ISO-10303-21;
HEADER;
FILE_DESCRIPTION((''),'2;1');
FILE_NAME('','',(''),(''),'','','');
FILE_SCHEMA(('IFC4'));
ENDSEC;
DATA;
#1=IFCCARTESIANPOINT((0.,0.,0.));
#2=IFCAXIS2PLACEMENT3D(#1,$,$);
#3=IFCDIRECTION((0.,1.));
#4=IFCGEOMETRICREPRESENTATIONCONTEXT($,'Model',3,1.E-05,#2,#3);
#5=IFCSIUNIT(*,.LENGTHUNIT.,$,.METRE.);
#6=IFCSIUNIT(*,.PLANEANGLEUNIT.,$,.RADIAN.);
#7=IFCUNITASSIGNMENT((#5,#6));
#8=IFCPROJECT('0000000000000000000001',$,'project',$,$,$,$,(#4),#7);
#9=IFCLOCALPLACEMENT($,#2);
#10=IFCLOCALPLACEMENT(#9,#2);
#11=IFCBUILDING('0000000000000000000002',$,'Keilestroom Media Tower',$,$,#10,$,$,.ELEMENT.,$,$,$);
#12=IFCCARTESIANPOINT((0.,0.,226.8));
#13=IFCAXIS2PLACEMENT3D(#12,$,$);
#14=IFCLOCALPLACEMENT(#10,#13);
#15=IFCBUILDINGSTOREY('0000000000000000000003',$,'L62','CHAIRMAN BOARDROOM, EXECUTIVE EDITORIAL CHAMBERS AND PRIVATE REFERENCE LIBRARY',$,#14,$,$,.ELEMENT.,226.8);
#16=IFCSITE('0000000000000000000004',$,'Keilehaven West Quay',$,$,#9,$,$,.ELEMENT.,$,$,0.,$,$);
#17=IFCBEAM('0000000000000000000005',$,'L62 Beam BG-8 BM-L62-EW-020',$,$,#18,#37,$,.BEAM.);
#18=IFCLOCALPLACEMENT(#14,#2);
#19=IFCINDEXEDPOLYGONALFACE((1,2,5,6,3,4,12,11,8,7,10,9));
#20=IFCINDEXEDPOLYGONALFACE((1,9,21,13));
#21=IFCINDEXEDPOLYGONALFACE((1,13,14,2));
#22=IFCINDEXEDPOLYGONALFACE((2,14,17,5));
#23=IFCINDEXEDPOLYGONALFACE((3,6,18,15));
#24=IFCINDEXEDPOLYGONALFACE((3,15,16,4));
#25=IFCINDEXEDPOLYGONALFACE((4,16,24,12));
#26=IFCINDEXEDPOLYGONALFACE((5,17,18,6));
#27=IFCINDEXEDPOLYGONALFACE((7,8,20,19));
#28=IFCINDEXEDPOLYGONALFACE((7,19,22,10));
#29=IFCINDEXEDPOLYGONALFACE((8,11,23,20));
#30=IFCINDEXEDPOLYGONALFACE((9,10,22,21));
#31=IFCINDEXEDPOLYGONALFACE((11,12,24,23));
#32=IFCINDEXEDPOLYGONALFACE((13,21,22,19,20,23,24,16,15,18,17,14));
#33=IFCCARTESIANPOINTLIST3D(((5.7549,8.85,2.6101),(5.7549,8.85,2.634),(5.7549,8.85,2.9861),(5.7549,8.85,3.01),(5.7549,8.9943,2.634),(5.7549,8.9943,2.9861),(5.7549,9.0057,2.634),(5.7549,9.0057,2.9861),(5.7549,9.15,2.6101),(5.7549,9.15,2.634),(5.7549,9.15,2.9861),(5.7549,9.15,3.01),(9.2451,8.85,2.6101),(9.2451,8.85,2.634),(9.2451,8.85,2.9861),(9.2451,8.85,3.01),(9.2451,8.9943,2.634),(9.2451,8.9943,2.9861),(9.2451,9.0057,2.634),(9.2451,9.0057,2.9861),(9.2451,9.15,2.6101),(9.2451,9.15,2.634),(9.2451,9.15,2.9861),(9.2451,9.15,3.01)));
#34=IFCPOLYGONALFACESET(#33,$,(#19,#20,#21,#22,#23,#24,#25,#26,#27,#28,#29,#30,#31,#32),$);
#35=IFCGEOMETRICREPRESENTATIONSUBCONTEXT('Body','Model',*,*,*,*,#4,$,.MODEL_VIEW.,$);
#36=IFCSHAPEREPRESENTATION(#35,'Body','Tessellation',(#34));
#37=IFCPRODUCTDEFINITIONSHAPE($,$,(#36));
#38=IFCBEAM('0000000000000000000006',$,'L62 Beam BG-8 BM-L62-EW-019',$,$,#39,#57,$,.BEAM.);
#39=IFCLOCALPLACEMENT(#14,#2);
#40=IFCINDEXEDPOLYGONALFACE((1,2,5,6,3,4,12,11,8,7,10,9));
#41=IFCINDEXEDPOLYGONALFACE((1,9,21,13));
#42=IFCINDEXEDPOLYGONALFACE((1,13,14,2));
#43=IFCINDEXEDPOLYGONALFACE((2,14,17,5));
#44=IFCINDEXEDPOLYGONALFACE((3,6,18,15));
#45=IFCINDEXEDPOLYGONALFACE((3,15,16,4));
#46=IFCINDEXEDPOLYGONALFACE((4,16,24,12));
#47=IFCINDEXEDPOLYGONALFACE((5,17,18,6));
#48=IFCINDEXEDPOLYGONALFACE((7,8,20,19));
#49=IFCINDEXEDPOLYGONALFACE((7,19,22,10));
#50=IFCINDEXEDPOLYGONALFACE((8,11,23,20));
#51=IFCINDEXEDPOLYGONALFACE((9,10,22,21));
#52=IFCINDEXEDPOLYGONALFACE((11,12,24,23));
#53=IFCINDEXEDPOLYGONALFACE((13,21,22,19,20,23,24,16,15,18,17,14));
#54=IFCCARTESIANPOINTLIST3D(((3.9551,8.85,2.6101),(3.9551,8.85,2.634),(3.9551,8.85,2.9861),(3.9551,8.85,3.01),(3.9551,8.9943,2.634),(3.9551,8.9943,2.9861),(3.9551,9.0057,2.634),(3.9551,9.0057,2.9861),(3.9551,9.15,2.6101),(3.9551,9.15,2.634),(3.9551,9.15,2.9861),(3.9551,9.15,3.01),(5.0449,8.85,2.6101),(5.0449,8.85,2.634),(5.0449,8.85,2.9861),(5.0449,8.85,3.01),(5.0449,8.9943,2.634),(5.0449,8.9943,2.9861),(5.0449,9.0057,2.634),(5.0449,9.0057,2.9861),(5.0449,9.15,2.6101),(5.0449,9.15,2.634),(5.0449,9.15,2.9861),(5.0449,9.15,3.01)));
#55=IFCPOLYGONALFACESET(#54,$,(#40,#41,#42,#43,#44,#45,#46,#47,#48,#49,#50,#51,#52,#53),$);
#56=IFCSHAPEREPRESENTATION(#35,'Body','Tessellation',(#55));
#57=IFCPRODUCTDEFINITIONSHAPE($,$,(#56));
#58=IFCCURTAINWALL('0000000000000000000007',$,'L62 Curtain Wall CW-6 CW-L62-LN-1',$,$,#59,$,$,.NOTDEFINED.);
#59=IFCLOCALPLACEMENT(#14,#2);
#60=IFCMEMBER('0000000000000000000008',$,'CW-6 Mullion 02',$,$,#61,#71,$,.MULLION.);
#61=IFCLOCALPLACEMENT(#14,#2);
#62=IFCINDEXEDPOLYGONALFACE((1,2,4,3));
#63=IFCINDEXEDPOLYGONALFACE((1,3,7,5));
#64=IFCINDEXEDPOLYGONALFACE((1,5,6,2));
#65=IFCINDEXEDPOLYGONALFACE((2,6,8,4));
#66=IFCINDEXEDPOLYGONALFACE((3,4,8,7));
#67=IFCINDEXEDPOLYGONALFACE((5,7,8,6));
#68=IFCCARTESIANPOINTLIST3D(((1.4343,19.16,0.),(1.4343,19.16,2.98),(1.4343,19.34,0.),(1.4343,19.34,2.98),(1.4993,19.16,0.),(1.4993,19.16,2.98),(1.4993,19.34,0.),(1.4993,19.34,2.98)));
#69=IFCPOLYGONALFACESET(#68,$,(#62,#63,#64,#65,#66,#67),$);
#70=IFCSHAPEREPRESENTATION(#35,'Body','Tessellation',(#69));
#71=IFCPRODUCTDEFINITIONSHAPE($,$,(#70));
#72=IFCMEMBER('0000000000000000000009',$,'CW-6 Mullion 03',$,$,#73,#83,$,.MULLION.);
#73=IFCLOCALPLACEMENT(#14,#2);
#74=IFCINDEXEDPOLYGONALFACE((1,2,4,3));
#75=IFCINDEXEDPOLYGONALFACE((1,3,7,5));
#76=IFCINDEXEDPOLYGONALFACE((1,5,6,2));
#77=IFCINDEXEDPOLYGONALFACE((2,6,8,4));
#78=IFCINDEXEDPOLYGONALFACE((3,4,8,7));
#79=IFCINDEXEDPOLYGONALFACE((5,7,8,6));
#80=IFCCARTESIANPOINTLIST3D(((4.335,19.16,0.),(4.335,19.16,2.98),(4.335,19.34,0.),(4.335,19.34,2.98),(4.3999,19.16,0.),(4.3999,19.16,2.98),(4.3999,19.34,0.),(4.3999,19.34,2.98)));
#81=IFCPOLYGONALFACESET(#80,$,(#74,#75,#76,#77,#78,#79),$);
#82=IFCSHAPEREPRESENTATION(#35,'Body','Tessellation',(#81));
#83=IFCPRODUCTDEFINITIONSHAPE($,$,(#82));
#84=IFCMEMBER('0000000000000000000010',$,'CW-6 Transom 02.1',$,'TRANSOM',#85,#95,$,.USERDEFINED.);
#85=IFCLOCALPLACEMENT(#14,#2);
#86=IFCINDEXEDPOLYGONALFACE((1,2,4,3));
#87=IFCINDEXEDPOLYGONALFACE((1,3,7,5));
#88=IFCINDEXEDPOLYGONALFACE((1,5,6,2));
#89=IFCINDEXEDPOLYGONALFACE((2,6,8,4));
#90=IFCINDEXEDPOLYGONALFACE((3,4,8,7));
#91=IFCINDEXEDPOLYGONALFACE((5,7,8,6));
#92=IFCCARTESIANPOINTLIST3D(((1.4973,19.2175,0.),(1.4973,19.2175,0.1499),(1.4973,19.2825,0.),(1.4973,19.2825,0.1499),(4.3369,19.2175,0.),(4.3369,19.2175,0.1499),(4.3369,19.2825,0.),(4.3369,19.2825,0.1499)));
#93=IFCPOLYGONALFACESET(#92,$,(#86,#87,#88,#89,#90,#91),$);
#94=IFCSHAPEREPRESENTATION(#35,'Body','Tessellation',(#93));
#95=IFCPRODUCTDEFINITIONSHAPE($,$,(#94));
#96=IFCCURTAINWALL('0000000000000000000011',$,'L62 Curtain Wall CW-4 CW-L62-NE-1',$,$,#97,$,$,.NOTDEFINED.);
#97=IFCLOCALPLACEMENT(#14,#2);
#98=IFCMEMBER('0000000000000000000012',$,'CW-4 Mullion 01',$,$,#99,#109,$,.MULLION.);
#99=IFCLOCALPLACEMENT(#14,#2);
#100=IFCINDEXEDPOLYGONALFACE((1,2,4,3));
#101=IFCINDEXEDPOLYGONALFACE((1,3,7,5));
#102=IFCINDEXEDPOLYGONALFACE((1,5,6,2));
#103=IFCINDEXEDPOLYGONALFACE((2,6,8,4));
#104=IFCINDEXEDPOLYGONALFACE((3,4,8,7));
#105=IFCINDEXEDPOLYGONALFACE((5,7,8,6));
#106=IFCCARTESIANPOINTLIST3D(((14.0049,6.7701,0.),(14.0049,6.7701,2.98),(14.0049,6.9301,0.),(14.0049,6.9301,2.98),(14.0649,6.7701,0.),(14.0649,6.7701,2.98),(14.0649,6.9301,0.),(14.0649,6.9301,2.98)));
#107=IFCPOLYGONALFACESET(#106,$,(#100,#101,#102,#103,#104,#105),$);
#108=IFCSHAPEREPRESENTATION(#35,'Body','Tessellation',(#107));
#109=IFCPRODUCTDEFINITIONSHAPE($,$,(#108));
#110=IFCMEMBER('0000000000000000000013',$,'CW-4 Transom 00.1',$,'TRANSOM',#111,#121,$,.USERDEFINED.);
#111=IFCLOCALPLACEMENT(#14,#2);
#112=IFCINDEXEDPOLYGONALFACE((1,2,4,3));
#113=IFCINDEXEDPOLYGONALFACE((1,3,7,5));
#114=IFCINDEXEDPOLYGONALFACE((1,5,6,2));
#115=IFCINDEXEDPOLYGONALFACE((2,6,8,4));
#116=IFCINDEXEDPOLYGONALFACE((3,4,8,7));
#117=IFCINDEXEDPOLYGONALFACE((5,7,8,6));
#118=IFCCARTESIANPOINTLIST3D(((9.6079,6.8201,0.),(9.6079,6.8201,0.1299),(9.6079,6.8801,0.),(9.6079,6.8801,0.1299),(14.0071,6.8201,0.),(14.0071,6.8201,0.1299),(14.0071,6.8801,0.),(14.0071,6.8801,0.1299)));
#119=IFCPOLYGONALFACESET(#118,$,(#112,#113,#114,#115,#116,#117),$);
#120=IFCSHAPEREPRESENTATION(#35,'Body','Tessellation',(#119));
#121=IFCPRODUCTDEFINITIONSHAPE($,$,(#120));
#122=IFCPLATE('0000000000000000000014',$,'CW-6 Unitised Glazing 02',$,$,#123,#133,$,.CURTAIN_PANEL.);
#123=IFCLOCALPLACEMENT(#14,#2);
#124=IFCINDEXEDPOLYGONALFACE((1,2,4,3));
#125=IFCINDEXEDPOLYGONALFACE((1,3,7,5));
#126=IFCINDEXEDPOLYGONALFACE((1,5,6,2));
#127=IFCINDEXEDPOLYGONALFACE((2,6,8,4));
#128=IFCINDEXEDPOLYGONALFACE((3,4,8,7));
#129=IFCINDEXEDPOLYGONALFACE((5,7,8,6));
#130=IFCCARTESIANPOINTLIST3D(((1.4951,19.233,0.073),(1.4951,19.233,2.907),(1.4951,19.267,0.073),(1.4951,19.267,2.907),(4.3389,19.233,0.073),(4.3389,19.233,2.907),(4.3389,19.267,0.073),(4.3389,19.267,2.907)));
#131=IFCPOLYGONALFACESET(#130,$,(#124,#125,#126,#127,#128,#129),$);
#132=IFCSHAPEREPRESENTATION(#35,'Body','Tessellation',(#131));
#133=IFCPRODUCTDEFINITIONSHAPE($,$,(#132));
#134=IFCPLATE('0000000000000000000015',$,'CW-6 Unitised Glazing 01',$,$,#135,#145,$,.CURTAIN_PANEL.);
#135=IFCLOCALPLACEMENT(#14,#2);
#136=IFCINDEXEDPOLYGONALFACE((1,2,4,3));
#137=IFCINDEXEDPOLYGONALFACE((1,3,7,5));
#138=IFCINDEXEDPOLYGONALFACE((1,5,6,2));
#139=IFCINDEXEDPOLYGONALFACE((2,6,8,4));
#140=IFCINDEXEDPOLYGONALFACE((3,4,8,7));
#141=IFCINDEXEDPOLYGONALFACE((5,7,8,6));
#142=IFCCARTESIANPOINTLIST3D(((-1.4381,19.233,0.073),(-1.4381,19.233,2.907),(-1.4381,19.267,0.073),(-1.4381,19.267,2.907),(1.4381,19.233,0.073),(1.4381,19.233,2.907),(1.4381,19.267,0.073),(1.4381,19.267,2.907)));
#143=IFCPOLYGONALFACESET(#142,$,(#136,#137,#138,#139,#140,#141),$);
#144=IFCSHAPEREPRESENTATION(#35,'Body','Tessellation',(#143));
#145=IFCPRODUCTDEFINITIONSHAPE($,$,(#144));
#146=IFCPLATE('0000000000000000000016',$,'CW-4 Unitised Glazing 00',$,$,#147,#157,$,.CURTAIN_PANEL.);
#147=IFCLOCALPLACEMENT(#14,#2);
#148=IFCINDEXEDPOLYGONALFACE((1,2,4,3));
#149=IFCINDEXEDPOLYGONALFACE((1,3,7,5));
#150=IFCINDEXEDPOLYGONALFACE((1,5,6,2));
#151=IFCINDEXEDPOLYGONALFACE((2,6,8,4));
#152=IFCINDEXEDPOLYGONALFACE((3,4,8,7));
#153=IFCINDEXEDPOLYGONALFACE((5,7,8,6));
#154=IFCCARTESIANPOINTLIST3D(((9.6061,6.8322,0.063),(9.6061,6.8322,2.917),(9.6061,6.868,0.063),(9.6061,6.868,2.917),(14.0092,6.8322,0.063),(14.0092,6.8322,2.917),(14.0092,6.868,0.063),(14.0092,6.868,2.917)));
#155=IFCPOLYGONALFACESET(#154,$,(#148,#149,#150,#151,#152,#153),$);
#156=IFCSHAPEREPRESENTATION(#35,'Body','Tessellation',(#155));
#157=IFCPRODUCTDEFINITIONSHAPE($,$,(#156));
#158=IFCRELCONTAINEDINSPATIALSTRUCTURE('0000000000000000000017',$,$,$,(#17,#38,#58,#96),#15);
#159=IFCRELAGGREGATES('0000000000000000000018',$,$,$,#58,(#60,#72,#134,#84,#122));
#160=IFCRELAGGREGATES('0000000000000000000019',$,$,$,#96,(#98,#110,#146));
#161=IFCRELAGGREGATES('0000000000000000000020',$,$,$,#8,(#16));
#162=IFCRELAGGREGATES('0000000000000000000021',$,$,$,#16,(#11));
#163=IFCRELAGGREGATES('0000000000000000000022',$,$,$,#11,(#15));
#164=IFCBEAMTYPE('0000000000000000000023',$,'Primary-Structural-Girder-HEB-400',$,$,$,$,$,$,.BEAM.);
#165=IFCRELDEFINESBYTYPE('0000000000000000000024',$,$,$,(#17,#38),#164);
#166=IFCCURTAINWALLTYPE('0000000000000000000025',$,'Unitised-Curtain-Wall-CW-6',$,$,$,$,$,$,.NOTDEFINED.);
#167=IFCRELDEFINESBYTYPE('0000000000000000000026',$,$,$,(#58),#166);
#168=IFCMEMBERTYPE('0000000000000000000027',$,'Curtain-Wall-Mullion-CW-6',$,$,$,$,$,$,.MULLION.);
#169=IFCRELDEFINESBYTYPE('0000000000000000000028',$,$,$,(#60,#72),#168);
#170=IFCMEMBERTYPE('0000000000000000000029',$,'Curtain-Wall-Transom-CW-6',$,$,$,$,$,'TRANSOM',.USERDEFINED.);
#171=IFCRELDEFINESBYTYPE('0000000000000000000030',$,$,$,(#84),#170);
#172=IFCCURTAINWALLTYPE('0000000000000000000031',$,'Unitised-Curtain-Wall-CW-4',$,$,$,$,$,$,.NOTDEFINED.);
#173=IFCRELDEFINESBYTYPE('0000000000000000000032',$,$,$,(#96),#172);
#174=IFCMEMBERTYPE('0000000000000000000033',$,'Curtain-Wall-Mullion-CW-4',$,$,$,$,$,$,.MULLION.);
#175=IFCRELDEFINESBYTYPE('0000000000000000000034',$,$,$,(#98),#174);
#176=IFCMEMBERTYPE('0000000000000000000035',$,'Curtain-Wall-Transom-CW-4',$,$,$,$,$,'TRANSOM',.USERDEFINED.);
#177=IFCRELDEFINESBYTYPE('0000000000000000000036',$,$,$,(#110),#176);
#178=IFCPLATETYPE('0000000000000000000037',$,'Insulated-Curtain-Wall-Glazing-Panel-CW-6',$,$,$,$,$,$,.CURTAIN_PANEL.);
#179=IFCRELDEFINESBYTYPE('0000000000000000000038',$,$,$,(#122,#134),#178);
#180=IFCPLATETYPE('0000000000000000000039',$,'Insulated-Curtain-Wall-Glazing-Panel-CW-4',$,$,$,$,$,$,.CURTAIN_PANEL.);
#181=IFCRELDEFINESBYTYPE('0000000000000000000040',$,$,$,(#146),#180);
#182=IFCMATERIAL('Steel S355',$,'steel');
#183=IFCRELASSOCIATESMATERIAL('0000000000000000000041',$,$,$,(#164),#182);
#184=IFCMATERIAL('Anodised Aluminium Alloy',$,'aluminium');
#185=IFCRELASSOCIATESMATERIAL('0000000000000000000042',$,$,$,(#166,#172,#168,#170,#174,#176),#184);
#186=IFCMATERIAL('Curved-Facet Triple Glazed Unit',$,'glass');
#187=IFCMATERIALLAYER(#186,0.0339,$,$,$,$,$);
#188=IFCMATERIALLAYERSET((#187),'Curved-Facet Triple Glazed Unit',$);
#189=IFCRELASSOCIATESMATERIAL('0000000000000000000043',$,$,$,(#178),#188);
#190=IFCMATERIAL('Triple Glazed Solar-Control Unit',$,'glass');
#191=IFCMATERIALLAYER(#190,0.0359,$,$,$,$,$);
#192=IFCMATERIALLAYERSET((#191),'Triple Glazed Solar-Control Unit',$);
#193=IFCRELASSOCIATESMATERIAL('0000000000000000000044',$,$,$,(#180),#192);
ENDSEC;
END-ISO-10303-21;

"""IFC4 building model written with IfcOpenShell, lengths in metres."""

from ifc_helpers import new_model, si_unit, direction, frame, origin, origin_2d, place, context, subcontext, project, spatial, rectangle, i_section, extrude, source, transform, mapped, material, layer, layer_set, material_profile, profile_set, type_object, element, aggregate, save


model = new_model("IFC4")

# Units and contexts
model_context = context("Model", 3, precision=1e-05, world=origin(), true_north=direction((0.0, 1.0)))
body_context = subcontext(model_context, "Body", "Model", "MODEL_VIEW")
ifc_project = project(units=[si_unit("LENGTHUNIT", "METRE"), si_unit("PLANEANGLEUNIT", "RADIAN")], contexts=[model_context])

# Site, building, storey
site_placement = place(None, origin())
site = spatial("IfcSite", under=ifc_project, at=site_placement, Name="Keilehaven West Quay", CompositionType="ELEMENT", RefElevation=0.0)
building_placement = place(site_placement, origin())
building = spatial("IfcBuilding", under=site, at=building_placement, Name="Keilestroom Media Tower", CompositionType="ELEMENT")
storey_placement = place(building_placement, frame((0.0, 0.0, 226.8)))
storey = spatial("IfcBuildingStorey", under=building, at=storey_placement, Name="L62", Description="CHAIRMAN BOARDROOM, EXECUTIVE EDITORIAL CHAMBERS AND PRIVATE REFERENCE LIBRARY", CompositionType="ELEMENT", Elevation=226.8)

# Shared definitions
ifc_material_1 = material(Name="Steel S355", Category="steel")

# Beams
ifc_material_profile_1 = material_profile(ifc_material_1, i_section(OverallWidth=0.3, OverallDepth=0.3999, WebThickness=0.0115, FlangeThickness=0.0239, at=origin_2d()), Name="HEB 400")
ifc_profile_set_1 = profile_set([ifc_material_profile_1], Name="Steel S355")
beam_type = type_object("IfcBeamType", Name="Primary-Structural-Girder-HEB-400", PredefinedType="BEAM", material=ifc_profile_set_1)
shared_shape_1 = source(origin(), body_context, "Body", "SweptSolid", [
    extrude(i_section(OverallWidth=0.3, OverallDepth=0.3999, WebThickness=0.0115, FlangeThickness=0.0239, at=origin_2d()), origin(), (0.0, 0.0, 1.0), 3.4902),
])
beam_1_placement = place(storey_placement, frame((5.7549, 9.0, 2.8101), z_axis=(1.0, 0.0, 0.0), x_axis=(0.0, 1.0, 0.0)))
element("IfcBeam", 1, at=beam_1_placement, inside=storey, type_object=beam_type, Name="L62 Beam BG-8 BM-L62-EW-020", PredefinedType="BEAM", context=body_context, shape_type="MappedRepresentation", body=[
    mapped(shared_shape_1, transform((0.0, 0.0, 0.0), x_axis=(1.0, 0.0, 0.0), y_axis=(0.0, 1.0, 0.0), z_axis=(0.0, 0.0, 1.0), scale=1.0)),
])
shared_shape_2 = source(origin(), body_context, "Body", "SweptSolid", [
    extrude(i_section(OverallWidth=0.3, OverallDepth=0.3999, WebThickness=0.0115, FlangeThickness=0.0239, at=origin_2d()), origin(), (0.0, 0.0, 1.0), 1.0898),
])
beam_2_placement = place(storey_placement, frame((3.9551, 9.0, 2.8101), z_axis=(1.0, 0.0, 0.0), x_axis=(0.0, 1.0, 0.0)))
element("IfcBeam", 2, at=beam_2_placement, inside=storey, type_object=beam_type, Name="L62 Beam BG-8 BM-L62-EW-019", PredefinedType="BEAM", context=body_context, shape_type="MappedRepresentation", body=[
    mapped(shared_shape_2, transform((0.0, 0.0, 0.0), x_axis=(1.0, 0.0, 0.0), y_axis=(0.0, 1.0, 0.0), z_axis=(0.0, 0.0, 1.0), scale=1.0)),
])

# Curtain walls, members
ifc_material_2 = material(Name="Anodised Aluminium Alloy", Category="aluminium")
curtain_wall_type_1 = type_object("IfcCurtainWallType", Name="Unitised-Curtain-Wall-CW-6", PredefinedType="NOTDEFINED", material=ifc_material_2)
curtain_wall_1_placement = place(storey_placement, origin())
curtain_wall_1 = element("IfcCurtainWall", 3, at=curtain_wall_1_placement, inside=storey, type_object=curtain_wall_type_1, Name="L62 Curtain Wall CW-6 CW-L62-LN-1", PredefinedType="NOTDEFINED")
ifc_material_profile_2 = material_profile(ifc_material_2, rectangle(XDim=0.0649, YDim=0.1799, at=origin_2d()), Name="ALU MULLION 65x180")
ifc_profile_set_2 = profile_set([ifc_material_profile_2], Name="Anodised Aluminium Alloy")
member_type_1 = type_object("IfcMemberType", Name="Curtain-Wall-Mullion-CW-6", PredefinedType="MULLION", material=ifc_profile_set_2)
shared_shape_3 = source(origin(), body_context, "Body", "SweptSolid", [
    extrude(rectangle(XDim=0.0649, YDim=0.1799, at=origin_2d()), origin(), (0.0, 0.0, 1.0), 2.98),
])
member_1_placement = place(storey_placement, frame((1.4668, 19.25, 0.0), z_axis=(0.0, 0.0, 1.0), x_axis=(1.0, 0.0, 0.0)))
member_1 = element("IfcMember", 4, at=member_1_placement, type_object=member_type_1, Name="CW-6 Mullion 02", PredefinedType="MULLION", context=body_context, shape_type="MappedRepresentation", body=[
    mapped(shared_shape_3, transform((0.0, 0.0, 0.0), x_axis=(1.0, 0.0, 0.0), y_axis=(0.0, 1.0, 0.0), z_axis=(0.0, 0.0, 1.0), scale=1.0)),
])
member_2_placement = place(storey_placement, frame((4.3674, 19.25, 0.0), z_axis=(0.0, 0.0, 1.0), x_axis=(1.0, 0.0, 0.0)))
member_2 = element("IfcMember", 5, at=member_2_placement, type_object=member_type_1, Name="CW-6 Mullion 03", PredefinedType="MULLION", context=body_context, shape_type="MappedRepresentation", body=[
    mapped(shared_shape_3, transform((0.0, 0.0, 0.0), x_axis=(1.0, 0.0, 0.0), y_axis=(0.0, 1.0, 0.0), z_axis=(0.0, 0.0, 1.0), scale=1.0)),
])
ifc_material_profile_3 = material_profile(ifc_material_2, rectangle(XDim=0.0649, YDim=0.1499, at=origin_2d()), Name="ALU TRANSOM 65x150")
ifc_profile_set_3 = profile_set([ifc_material_profile_3], Name="Anodised Aluminium Alloy")
member_type_2 = type_object("IfcMemberType", Name="Curtain-Wall-Transom-CW-6", ElementType="TRANSOM", PredefinedType="USERDEFINED", material=ifc_profile_set_3)
shared_shape_4 = source(origin(), body_context, "Body", "SweptSolid", [
    extrude(rectangle(XDim=0.0649, YDim=0.1499, at=origin_2d()), origin(), (0.0, 0.0, 1.0), 2.8396),
])
member_3_placement = place(storey_placement, frame((1.4973, 19.25, 0.075), z_axis=(1.0, 0.0, 0.0), x_axis=(0.0, 1.0, 0.0)))
member_3 = element("IfcMember", 6, at=member_3_placement, type_object=member_type_2, Name="CW-6 Transom 02.1", ObjectType="TRANSOM", PredefinedType="USERDEFINED", context=body_context, shape_type="MappedRepresentation", body=[
    mapped(shared_shape_4, transform((0.0, 0.0, 0.0), x_axis=(1.0, 0.0, 0.0), y_axis=(0.0, 1.0, 0.0), z_axis=(0.0, 0.0, 1.0), scale=1.0)),
])
curtain_wall_type_2 = type_object("IfcCurtainWallType", Name="Unitised-Curtain-Wall-CW-4", PredefinedType="NOTDEFINED", material=ifc_material_2)
curtain_wall_2_placement = place(storey_placement, origin())
curtain_wall_2 = element("IfcCurtainWall", 7, at=curtain_wall_2_placement, inside=storey, type_object=curtain_wall_type_2, Name="L62 Curtain Wall CW-4 CW-L62-NE-1", PredefinedType="NOTDEFINED")
ifc_material_profile_4 = material_profile(ifc_material_2, rectangle(XDim=0.0601, YDim=0.1599, at=origin_2d()), Name="ALU MULLION 60x160")
ifc_profile_set_4 = profile_set([ifc_material_profile_4], Name="Anodised Aluminium Alloy")
member_type_3 = type_object("IfcMemberType", Name="Curtain-Wall-Mullion-CW-4", PredefinedType="MULLION", material=ifc_profile_set_4)
shared_shape_5 = source(origin(), body_context, "Body", "SweptSolid", [
    extrude(rectangle(XDim=0.0601, YDim=0.1599, at=origin_2d()), origin(), (0.0, 0.0, 1.0), 2.98),
])
member_4_placement = place(storey_placement, frame((14.0349, 6.8501, 0.0), z_axis=(0.0, 0.0, 1.0), x_axis=(1.0, 0.0, 0.0)))
member_4 = element("IfcMember", 8, at=member_4_placement, type_object=member_type_3, Name="CW-4 Mullion 01", PredefinedType="MULLION", context=body_context, shape_type="MappedRepresentation", body=[
    mapped(shared_shape_5, transform((0.0, 0.0, 0.0), x_axis=(1.0, 0.0, 0.0), y_axis=(0.0, 1.0, 0.0), z_axis=(0.0, 0.0, 1.0), scale=1.0)),
])
ifc_material_profile_5 = material_profile(ifc_material_2, rectangle(XDim=0.0601, YDim=0.1299, at=origin_2d()), Name="ALU TRANSOM 60x130")
ifc_profile_set_5 = profile_set([ifc_material_profile_5], Name="Anodised Aluminium Alloy")
member_type_4 = type_object("IfcMemberType", Name="Curtain-Wall-Transom-CW-4", ElementType="TRANSOM", PredefinedType="USERDEFINED", material=ifc_profile_set_5)
shared_shape_6 = source(origin(), body_context, "Body", "SweptSolid", [
    extrude(rectangle(XDim=0.0601, YDim=0.1299, at=origin_2d()), origin(), (0.0, 0.0, 1.0), 4.3992),
])
member_5_placement = place(storey_placement, frame((9.6079, 6.8501, 0.0649), z_axis=(1.0, 0.0, 0.0), x_axis=(0.0, 1.0, 0.0)))
member_5 = element("IfcMember", 9, at=member_5_placement, type_object=member_type_4, Name="CW-4 Transom 00.1", ObjectType="TRANSOM", PredefinedType="USERDEFINED", context=body_context, shape_type="MappedRepresentation", body=[
    mapped(shared_shape_6, transform((0.0, 0.0, 0.0), x_axis=(1.0, 0.0, 0.0), y_axis=(0.0, 1.0, 0.0), z_axis=(0.0, 0.0, 1.0), scale=1.0)),
])

# Plates
ifc_material_3 = material(Name="Curved-Facet Triple Glazed Unit", Category="glass")
ifc_layer_1 = layer(ifc_material_3, 0.0339)
ifc_layer_set_1 = layer_set([ifc_layer_1], Name="Curved-Facet Triple Glazed Unit")
plate_type_1 = type_object("IfcPlateType", Name="Insulated-Curtain-Wall-Glazing-Panel-CW-6", PredefinedType="CURTAIN_PANEL", material=ifc_layer_set_1)
shared_shape_7 = source(origin(), body_context, "Body", "SweptSolid", [
    extrude(rectangle(XDim=2.8438, YDim=0.0339, at=origin_2d()), origin(), (0.0, 0.0, 1.0), 2.834),
])
plate_1_placement = place(storey_placement, frame((2.917, 19.25, 0.073), z_axis=(0.0, 0.0, 1.0), x_axis=(1.0, 0.0, 0.0)))
plate_1 = element("IfcPlate", 10, at=plate_1_placement, type_object=plate_type_1, Name="CW-6 Unitised Glazing 02", PredefinedType="CURTAIN_PANEL", context=body_context, shape_type="MappedRepresentation", body=[
    mapped(shared_shape_7, transform((0.0, 0.0, 0.0), x_axis=(1.0, 0.0, 0.0), y_axis=(0.0, 1.0, 0.0), z_axis=(0.0, 0.0, 1.0), scale=1.0)),
])
shared_shape_8 = source(origin(), body_context, "Body", "SweptSolid", [
    extrude(rectangle(XDim=2.8762, YDim=0.0339, at=origin_2d()), origin(), (0.0, 0.0, 1.0), 2.834),
])
plate_2_placement = place(storey_placement, frame((0.0, 19.25, 0.073), z_axis=(0.0, 0.0, 1.0), x_axis=(1.0, 0.0, 0.0)))
plate_2 = element("IfcPlate", 11, at=plate_2_placement, type_object=plate_type_1, Name="CW-6 Unitised Glazing 01", PredefinedType="CURTAIN_PANEL", context=body_context, shape_type="MappedRepresentation", body=[
    mapped(shared_shape_8, transform((0.0, 0.0, 0.0), x_axis=(1.0, 0.0, 0.0), y_axis=(0.0, 1.0, 0.0), z_axis=(0.0, 0.0, 1.0), scale=1.0)),
])
aggregate(curtain_wall_1, [member_1, member_2, plate_2, member_3, plate_1])
ifc_material_4 = material(Name="Triple Glazed Solar-Control Unit", Category="glass")
ifc_layer_2 = layer(ifc_material_4, 0.0359)
ifc_layer_set_2 = layer_set([ifc_layer_2], Name="Triple Glazed Solar-Control Unit")
plate_type_2 = type_object("IfcPlateType", Name="Insulated-Curtain-Wall-Glazing-Panel-CW-4", PredefinedType="CURTAIN_PANEL", material=ifc_layer_set_2)
shared_shape_9 = source(origin(), body_context, "Body", "SweptSolid", [
    extrude(rectangle(XDim=4.4031, YDim=0.0359, at=origin_2d()), origin(), (0.0, 0.0, 1.0), 2.854),
])
plate_3_placement = place(storey_placement, frame((11.8076, 6.8501, 0.063), z_axis=(0.0, 0.0, 1.0), x_axis=(1.0, 0.0, 0.0)))
plate_3 = element("IfcPlate", 12, at=plate_3_placement, type_object=plate_type_2, Name="CW-4 Unitised Glazing 00", PredefinedType="CURTAIN_PANEL", context=body_context, shape_type="MappedRepresentation", body=[
    mapped(shared_shape_9, transform((0.0, 0.0, 0.0), x_axis=(1.0, 0.0, 0.0), y_axis=(0.0, 1.0, 0.0), z_axis=(0.0, 0.0, 1.0), scale=1.0)),
])
aggregate(curtain_wall_2, [member_4, member_5, plate_3])

save(model, "model.ifc")
